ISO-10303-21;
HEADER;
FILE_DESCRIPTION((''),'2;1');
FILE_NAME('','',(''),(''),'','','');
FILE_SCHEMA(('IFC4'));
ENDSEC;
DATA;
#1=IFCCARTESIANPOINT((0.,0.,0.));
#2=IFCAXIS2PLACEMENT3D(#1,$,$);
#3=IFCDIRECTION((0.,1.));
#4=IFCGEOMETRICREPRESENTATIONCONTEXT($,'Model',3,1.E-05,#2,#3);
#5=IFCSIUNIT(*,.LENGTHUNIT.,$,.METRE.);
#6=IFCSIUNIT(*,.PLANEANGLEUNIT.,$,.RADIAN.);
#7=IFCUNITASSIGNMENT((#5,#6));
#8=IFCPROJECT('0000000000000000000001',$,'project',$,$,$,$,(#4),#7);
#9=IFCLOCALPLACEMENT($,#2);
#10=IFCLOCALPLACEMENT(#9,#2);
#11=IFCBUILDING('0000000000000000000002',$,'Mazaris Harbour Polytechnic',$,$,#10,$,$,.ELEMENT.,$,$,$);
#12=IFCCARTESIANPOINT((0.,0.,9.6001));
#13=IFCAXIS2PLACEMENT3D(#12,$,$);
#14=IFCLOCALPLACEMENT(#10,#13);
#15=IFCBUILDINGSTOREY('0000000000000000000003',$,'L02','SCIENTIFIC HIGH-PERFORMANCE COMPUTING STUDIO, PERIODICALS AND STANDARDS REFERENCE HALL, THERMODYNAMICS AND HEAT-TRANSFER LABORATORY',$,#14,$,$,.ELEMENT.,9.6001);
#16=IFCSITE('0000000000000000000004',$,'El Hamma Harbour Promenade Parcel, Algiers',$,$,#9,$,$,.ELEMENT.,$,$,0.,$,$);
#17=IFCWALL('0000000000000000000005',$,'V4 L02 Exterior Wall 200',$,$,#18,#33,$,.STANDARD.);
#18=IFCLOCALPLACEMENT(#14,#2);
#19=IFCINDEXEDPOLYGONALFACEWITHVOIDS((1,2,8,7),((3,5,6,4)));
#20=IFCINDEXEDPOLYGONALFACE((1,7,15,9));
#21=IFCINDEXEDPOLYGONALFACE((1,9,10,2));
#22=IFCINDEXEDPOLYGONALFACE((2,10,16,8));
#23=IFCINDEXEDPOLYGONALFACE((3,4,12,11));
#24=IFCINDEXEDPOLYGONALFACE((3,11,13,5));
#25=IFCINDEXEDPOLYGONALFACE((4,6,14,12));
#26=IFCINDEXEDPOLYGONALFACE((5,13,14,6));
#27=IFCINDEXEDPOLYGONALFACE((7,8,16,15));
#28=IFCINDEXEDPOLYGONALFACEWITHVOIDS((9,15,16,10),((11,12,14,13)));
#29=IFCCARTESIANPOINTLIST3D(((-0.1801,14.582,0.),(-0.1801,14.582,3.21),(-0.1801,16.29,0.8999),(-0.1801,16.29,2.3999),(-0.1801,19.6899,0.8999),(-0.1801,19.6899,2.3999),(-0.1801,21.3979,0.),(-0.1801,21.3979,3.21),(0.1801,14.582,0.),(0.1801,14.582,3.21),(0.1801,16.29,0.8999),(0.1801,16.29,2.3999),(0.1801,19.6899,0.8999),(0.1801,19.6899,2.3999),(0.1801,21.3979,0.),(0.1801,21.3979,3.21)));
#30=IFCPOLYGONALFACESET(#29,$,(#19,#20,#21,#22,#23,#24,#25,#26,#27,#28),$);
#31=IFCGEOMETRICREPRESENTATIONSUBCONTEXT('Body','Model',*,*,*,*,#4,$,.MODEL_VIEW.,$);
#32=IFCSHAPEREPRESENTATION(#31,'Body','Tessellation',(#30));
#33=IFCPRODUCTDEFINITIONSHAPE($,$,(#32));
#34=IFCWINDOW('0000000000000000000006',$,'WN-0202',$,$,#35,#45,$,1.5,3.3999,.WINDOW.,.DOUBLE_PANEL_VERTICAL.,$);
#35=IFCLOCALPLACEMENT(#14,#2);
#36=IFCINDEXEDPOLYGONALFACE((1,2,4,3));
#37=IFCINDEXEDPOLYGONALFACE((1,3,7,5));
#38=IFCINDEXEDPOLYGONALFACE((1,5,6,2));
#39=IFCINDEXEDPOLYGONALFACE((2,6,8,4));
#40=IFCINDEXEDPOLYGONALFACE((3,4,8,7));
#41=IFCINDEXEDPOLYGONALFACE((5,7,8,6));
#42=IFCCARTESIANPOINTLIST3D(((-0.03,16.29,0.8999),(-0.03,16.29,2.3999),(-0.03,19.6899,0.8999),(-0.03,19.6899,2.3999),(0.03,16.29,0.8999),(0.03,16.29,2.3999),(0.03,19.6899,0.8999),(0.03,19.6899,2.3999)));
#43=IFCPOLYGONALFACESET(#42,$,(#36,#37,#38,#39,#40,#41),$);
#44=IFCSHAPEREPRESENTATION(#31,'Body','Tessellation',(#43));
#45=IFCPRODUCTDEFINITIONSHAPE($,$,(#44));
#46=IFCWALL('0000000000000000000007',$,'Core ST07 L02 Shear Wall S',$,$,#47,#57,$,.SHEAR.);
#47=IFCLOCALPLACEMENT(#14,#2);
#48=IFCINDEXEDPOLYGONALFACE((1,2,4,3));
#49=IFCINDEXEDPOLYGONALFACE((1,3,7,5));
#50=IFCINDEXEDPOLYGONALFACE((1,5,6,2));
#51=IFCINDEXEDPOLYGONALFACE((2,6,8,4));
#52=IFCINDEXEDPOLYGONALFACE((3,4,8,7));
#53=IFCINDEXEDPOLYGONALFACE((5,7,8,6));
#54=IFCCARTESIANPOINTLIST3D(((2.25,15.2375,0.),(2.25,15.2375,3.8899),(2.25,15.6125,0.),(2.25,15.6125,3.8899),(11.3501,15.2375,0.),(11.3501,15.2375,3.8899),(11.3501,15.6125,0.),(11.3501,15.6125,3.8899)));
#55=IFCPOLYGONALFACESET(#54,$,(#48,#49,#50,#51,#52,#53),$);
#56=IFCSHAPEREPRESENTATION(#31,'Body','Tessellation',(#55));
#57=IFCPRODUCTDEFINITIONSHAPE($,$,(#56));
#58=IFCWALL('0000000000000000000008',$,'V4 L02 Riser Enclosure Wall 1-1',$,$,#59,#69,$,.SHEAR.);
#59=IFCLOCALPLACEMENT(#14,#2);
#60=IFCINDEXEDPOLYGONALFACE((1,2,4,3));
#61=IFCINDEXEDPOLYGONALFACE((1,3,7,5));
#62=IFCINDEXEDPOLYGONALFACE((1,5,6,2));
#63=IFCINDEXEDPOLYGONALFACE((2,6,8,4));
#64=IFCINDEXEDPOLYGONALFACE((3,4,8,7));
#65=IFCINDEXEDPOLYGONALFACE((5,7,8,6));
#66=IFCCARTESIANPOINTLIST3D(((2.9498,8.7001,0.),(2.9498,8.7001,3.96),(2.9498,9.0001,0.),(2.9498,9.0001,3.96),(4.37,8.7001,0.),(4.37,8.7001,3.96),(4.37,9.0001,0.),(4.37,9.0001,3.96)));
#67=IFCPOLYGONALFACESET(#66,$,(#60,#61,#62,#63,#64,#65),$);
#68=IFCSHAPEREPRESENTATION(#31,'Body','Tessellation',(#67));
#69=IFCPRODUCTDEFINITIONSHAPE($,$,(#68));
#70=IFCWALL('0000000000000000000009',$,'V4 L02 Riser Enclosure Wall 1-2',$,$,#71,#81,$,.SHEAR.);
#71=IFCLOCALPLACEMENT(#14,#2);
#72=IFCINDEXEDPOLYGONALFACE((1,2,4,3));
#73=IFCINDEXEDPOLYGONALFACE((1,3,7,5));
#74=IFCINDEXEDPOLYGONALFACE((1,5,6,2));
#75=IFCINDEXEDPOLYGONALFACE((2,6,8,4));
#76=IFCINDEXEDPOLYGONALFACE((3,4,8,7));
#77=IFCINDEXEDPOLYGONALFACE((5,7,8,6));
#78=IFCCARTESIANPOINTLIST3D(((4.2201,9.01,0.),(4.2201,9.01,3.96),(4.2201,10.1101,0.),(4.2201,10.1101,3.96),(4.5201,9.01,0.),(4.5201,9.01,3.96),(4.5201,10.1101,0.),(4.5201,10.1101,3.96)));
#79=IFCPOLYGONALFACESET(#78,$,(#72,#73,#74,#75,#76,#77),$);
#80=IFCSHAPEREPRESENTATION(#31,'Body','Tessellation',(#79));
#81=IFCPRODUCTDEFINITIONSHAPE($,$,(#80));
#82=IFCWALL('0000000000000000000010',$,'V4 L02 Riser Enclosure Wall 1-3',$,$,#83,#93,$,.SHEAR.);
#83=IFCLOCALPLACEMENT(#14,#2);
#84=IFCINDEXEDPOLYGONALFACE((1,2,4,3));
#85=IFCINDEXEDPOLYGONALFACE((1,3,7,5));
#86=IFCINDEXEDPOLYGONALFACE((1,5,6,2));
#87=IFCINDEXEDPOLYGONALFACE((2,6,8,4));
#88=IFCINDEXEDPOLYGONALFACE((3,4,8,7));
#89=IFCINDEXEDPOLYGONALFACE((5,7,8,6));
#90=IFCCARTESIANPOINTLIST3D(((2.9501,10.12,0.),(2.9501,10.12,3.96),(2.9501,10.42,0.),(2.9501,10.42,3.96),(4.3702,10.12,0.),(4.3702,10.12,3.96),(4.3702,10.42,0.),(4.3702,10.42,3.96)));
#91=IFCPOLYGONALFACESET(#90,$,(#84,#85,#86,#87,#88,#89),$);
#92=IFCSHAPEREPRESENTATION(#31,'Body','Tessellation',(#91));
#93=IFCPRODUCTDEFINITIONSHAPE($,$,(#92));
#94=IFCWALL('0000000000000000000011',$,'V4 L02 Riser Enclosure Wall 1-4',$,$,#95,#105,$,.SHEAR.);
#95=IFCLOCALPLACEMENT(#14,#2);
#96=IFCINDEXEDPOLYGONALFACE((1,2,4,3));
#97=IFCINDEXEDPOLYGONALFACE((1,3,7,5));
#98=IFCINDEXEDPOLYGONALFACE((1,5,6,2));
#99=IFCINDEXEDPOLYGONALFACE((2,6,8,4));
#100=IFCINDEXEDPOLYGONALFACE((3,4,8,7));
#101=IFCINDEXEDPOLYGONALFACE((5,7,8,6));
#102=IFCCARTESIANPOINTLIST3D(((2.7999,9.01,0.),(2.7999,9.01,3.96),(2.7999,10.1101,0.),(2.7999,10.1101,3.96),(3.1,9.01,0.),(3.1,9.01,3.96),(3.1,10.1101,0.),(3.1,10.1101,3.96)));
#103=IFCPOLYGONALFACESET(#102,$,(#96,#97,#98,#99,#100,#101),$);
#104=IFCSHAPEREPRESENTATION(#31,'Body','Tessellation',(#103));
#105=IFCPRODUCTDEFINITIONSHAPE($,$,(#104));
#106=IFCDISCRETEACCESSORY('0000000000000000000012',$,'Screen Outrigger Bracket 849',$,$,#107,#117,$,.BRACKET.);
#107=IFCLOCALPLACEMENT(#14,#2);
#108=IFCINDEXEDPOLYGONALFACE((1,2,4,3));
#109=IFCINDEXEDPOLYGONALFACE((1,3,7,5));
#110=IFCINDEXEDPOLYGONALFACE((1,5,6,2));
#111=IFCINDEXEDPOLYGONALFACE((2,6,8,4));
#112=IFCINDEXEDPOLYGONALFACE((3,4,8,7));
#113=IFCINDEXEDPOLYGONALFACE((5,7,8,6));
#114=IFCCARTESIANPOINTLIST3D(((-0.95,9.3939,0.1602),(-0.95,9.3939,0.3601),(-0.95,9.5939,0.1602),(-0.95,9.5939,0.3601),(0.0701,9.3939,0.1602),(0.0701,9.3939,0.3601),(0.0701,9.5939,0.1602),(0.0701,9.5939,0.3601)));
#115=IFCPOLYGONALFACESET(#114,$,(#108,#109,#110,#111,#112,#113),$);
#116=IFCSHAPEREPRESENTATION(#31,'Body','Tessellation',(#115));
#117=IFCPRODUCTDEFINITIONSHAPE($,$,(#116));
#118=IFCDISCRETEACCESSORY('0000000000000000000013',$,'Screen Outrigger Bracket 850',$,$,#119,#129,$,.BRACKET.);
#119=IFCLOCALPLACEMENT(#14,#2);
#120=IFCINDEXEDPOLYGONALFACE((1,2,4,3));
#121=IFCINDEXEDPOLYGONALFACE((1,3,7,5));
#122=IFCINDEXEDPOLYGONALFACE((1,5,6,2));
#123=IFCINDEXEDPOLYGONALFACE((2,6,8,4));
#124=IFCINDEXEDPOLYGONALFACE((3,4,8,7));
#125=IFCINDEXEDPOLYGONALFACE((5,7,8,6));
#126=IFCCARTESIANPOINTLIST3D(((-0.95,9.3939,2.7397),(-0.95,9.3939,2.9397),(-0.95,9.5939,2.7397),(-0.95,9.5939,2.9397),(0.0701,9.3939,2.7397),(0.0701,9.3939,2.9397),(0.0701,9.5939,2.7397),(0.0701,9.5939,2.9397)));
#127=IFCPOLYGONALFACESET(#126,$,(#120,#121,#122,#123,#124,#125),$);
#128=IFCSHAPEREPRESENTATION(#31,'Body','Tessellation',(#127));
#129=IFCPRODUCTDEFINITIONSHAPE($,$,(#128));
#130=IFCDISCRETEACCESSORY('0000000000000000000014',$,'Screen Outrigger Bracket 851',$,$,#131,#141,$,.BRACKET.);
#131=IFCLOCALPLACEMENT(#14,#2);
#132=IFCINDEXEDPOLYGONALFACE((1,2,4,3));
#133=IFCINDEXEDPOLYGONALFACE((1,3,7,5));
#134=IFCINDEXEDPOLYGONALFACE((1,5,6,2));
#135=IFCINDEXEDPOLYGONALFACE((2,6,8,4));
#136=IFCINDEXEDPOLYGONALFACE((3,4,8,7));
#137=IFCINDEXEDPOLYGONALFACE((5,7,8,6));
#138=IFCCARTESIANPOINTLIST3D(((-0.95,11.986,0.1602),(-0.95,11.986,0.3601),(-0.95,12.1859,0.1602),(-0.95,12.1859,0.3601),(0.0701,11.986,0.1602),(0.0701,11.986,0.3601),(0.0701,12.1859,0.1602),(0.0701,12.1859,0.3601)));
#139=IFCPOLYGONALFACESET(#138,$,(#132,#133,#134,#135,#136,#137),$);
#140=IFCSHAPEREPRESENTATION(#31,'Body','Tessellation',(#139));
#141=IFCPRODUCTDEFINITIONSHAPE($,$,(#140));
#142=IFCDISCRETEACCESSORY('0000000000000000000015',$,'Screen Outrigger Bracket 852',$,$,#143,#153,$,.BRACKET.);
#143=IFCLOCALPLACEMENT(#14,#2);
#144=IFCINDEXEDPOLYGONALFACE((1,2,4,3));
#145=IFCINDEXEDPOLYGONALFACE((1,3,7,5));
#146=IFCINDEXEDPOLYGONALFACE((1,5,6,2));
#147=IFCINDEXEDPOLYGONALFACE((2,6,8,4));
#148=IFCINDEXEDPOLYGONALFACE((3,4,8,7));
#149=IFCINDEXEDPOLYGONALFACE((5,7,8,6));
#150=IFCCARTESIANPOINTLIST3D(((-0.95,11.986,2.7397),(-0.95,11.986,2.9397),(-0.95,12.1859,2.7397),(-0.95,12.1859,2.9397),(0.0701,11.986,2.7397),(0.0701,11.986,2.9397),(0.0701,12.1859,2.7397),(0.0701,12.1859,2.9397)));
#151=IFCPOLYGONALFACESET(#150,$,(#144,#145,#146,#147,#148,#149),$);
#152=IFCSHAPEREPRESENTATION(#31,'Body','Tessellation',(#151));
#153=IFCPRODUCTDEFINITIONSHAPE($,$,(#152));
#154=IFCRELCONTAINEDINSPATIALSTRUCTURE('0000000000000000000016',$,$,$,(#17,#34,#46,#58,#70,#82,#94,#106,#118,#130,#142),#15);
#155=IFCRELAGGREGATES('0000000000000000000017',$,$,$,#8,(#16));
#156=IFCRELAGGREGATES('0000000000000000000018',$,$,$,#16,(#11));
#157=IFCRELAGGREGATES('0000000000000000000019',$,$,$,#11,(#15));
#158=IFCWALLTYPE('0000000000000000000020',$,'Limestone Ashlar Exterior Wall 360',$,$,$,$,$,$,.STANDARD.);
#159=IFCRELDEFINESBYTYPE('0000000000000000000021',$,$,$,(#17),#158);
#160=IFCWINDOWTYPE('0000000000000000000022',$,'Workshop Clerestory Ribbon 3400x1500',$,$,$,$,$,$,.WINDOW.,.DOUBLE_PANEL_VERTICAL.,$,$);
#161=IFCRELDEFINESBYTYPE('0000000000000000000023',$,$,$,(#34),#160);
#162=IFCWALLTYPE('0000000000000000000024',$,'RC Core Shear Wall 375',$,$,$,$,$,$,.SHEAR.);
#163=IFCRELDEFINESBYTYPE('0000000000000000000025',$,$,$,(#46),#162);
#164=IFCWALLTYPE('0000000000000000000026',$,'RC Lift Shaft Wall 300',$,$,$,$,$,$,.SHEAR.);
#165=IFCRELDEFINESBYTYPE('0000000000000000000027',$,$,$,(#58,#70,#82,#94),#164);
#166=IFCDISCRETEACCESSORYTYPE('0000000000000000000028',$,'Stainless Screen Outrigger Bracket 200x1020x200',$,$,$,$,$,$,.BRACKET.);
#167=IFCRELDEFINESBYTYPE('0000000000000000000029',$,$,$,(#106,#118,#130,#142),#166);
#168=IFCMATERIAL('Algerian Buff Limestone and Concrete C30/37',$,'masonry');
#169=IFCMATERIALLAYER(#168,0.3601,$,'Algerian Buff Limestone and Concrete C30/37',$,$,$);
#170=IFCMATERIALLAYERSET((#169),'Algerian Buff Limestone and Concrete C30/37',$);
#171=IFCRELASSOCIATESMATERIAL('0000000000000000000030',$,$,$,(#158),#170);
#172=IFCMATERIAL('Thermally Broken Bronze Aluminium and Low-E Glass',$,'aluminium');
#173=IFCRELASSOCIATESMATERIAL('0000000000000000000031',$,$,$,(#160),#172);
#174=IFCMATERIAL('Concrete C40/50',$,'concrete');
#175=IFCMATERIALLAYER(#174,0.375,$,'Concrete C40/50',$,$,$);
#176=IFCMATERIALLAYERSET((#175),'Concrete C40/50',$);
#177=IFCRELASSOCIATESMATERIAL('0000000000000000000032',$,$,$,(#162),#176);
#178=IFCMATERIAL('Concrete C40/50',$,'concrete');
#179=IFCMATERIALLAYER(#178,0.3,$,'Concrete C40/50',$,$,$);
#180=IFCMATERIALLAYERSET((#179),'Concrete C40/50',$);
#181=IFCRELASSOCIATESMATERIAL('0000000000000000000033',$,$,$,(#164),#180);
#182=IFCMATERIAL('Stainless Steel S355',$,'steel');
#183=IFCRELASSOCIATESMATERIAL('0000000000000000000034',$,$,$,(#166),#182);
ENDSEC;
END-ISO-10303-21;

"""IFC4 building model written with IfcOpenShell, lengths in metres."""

from ifc_helpers import new_model, si_unit, direction, frame, frame_2d, origin, origin_2d, place, context, subcontext, project, spatial, rectangle, extrude, material, layer, layer_set, type_object, element, fill, save


model = new_model("IFC4")

# Units and contexts
model_context = context("Model", 3, precision=1e-05, world=origin(), true_north=direction((0.0, 1.0)))
body_context = subcontext(model_context, "Body", "Model", "MODEL_VIEW")
ifc_project = project(units=[si_unit("LENGTHUNIT", "METRE"), si_unit("PLANEANGLEUNIT", "RADIAN")], contexts=[model_context])

# Site, building, storey
site_placement = place(None, origin())
site = spatial("IfcSite", under=ifc_project, at=site_placement, Name="El Hamma Harbour Promenade Parcel, Algiers", CompositionType="ELEMENT", RefElevation=0.0)
building_placement = place(site_placement, origin())
building = spatial("IfcBuilding", under=site, at=building_placement, Name="Mazaris Harbour Polytechnic", CompositionType="ELEMENT")
storey_placement = place(building_placement, frame((0.0, 0.0, 9.6001)))
storey = spatial("IfcBuildingStorey", under=building, at=storey_placement, Name="L02", Description="SCIENTIFIC HIGH-PERFORMANCE COMPUTING STUDIO, PERIODICALS AND STANDARDS REFERENCE HALL, THERMODYNAMICS AND HEAT-TRANSFER LABORATORY", CompositionType="ELEMENT", Elevation=9.6001)

# Wall, opening, window
ifc_material_1 = material(Name="Algerian Buff Limestone and Concrete C30/37", Category="masonry")
ifc_layer_1 = layer(ifc_material_1, 0.3601, Name="Algerian Buff Limestone and Concrete C30/37")
ifc_layer_set_1 = layer_set([ifc_layer_1], Name="Algerian Buff Limestone and Concrete C30/37")
wall_type_1 = type_object("IfcWallType", Name="Limestone Ashlar Exterior Wall 360", PredefinedType="STANDARD", material=ifc_layer_set_1)
ifc_material_2 = material(Name="Thermally Broken Bronze Aluminium and Low-E Glass", Category="aluminium")
window_type = type_object("IfcWindowType", Name="Workshop Clerestory Ribbon 3400x1500", PartitioningType="DOUBLE_PANEL_VERTICAL", PredefinedType="WINDOW", material=ifc_material_2)
wall_1_placement = place(storey_placement, frame((0.0, 14.582, 0.0), z_axis=(0.0, 0.0, 1.0), x_axis=(0.0, 1.0, 0.0)))
wall_1 = element("IfcWall", 1, at=wall_1_placement, inside=storey, type_object=wall_type_1, Name="V4 L02 Exterior Wall 200", PredefinedType="STANDARD", context=body_context, shape_type="SweptSolid", body=[
    extrude(rectangle(XDim=6.8159, YDim=0.3601, at=frame_2d((3.408, 0.0))), origin(), (0.0, 0.0, 1.0), 3.21),
])
opening_1_placement = place(wall_1_placement, frame((1.708, 0.0, 0.8999)))
opening_1 = element("IfcOpeningElement", 2, at=opening_1_placement, cuts=wall_1, PredefinedType="OPENING", context=body_context, shape_type="SweptSolid", body=[
    extrude(rectangle(XDim=3.3999, YDim=1.5, at=frame_2d((1.7, 0.75))), frame((0.0, 0.1899, 0.0), z_axis=(0.0, -1.0, 0.0), x_axis=(1.0, 0.0, 0.0)), (0.0, 0.0, 1.0), 0.3801),
])
window_1_placement = place(opening_1_placement, origin())
window_1 = element("IfcWindow", 3, at=window_1_placement, inside=storey, type_object=window_type, Name="WN-0202", OverallHeight=1.5, OverallWidth=3.3999, PartitioningType="DOUBLE_PANEL_VERTICAL", PredefinedType="WINDOW", context=body_context, shape_type="SweptSolid", body=[
    extrude(rectangle(XDim=3.3999, YDim=1.5, at=frame_2d((1.7, 0.75))), frame((0.0, 0.03, 0.0), z_axis=(0.0, -1.0, 0.0), x_axis=(1.0, 0.0, 0.0)), (0.0, 0.0, 1.0), 0.0601),
])
fill(opening_1, window_1)

# Walls
ifc_material_3 = material(Name="Concrete C40/50", Category="concrete")
ifc_layer_2 = layer(ifc_material_3, 0.375, Name="Concrete C40/50")
ifc_layer_set_2 = layer_set([ifc_layer_2], Name="Concrete C40/50")
wall_type_2 = type_object("IfcWallType", Name="RC Core Shear Wall 375", PredefinedType="SHEAR", material=ifc_layer_set_2)
wall_2_placement = place(storey_placement, frame((2.25, 15.425, 0.0), z_axis=(0.0, 0.0, 1.0), x_axis=(1.0, 0.0, 0.0)))
element("IfcWall", 4, at=wall_2_placement, inside=storey, type_object=wall_type_2, Name="Core ST07 L02 Shear Wall S", PredefinedType="SHEAR", context=body_context, shape_type="SweptSolid", body=[
    extrude(rectangle(XDim=9.1001, YDim=0.375, at=frame_2d((4.55, 0.0))), origin(), (0.0, 0.0, 1.0), 3.8899),
])
ifc_material_4 = material(Name="Concrete C40/50", Category="concrete")
ifc_layer_3 = layer(ifc_material_4, 0.3, Name="Concrete C40/50")
ifc_layer_set_3 = layer_set([ifc_layer_3], Name="Concrete C40/50")
wall_type_3 = type_object("IfcWallType", Name="RC Lift Shaft Wall 300", PredefinedType="SHEAR", material=ifc_layer_set_3)
wall_3_placement = place(storey_placement, frame((2.95, 8.8501, 0.0), z_axis=(0.0, 0.0, 1.0), x_axis=(1.0, 0.0, 0.0)))
element("IfcWall", 5, at=wall_3_placement, inside=storey, type_object=wall_type_3, Name="V4 L02 Riser Enclosure Wall 1-1", PredefinedType="SHEAR", context=body_context, shape_type="SweptSolid", body=[
    extrude(rectangle(XDim=1.4202, YDim=0.3, at=frame_2d((0.71, 0.0))), origin(), (0.0, 0.0, 1.0), 3.96),
])
wall_4_placement = place(storey_placement, frame((4.3701, 9.01, 0.0), z_axis=(0.0, 0.0, 1.0), x_axis=(0.0, 1.0, 0.0)))
element("IfcWall", 6, at=wall_4_placement, inside=storey, type_object=wall_type_3, Name="V4 L02 Riser Enclosure Wall 1-2", PredefinedType="SHEAR", context=body_context, shape_type="SweptSolid", body=[
    extrude(rectangle(XDim=1.1001, YDim=0.3, at=frame_2d((0.55, 0.0))), origin(), (0.0, 0.0, 1.0), 3.96),
])
wall_5_placement = place(storey_placement, frame((4.3701, 10.27, 0.0), z_axis=(0.0, 0.0, 1.0), x_axis=(-1.0, 0.0, 0.0)))
element("IfcWall", 7, at=wall_5_placement, inside=storey, type_object=wall_type_3, Name="V4 L02 Riser Enclosure Wall 1-3", PredefinedType="SHEAR", context=body_context, shape_type="SweptSolid", body=[
    extrude(rectangle(XDim=1.4202, YDim=0.3, at=frame_2d((0.71, 0.0))), origin(), (0.0, 0.0, 1.0), 3.96),
])
wall_6_placement = place(storey_placement, frame((2.95, 10.1101, 0.0), z_axis=(0.0, 0.0, 1.0), x_axis=(0.0, -1.0, 0.0)))
element("IfcWall", 8, at=wall_6_placement, inside=storey, type_object=wall_type_3, Name="V4 L02 Riser Enclosure Wall 1-4", PredefinedType="SHEAR", context=body_context, shape_type="SweptSolid", body=[
    extrude(rectangle(XDim=1.1001, YDim=0.3, at=frame_2d((0.55, 0.0))), origin(), (0.0, 0.0, 1.0), 3.96),
])

# Discrete accessories
ifc_material_5 = material(Name="Stainless Steel S355", Category="steel")
discrete_accessory_type = type_object("IfcDiscreteAccessoryType", Name="Stainless Screen Outrigger Bracket 200x1020x200", PredefinedType="BRACKET", material=ifc_material_5)
for number, where, z_axis, x_axis, name in (
    (9, (-0.4399, 9.4939, 0.1602), (0.0, 0.0, 1.0), (0.0, 1.0, 0.0), "Screen Outrigger Bracket 849"),
    (10, (-0.4399, 9.4939, 2.7397), (0.0, 0.0, 1.0), (0.0, 1.0, 0.0), "Screen Outrigger Bracket 850"),
    (11, (-0.4399, 12.0859, 0.1602), (0.0, 0.0, 1.0), (0.0, 1.0, 0.0), "Screen Outrigger Bracket 851"),
    (12, (-0.4399, 12.0859, 2.7397), (0.0, 0.0, 1.0), (0.0, 1.0, 0.0), "Screen Outrigger Bracket 852"),
):
    element("IfcDiscreteAccessory", number, at=place(storey_placement, frame(where, z_axis=z_axis, x_axis=x_axis)), inside=storey, type_object=discrete_accessory_type, Name=name, PredefinedType="BRACKET", context=body_context, shape_type="SweptSolid", body=[
        extrude(rectangle(XDim=0.2, YDim=1.02, at=origin_2d()), origin(), (0.0, 0.0, 1.0), 0.2),
    ])

save(model, "model.ifc")
